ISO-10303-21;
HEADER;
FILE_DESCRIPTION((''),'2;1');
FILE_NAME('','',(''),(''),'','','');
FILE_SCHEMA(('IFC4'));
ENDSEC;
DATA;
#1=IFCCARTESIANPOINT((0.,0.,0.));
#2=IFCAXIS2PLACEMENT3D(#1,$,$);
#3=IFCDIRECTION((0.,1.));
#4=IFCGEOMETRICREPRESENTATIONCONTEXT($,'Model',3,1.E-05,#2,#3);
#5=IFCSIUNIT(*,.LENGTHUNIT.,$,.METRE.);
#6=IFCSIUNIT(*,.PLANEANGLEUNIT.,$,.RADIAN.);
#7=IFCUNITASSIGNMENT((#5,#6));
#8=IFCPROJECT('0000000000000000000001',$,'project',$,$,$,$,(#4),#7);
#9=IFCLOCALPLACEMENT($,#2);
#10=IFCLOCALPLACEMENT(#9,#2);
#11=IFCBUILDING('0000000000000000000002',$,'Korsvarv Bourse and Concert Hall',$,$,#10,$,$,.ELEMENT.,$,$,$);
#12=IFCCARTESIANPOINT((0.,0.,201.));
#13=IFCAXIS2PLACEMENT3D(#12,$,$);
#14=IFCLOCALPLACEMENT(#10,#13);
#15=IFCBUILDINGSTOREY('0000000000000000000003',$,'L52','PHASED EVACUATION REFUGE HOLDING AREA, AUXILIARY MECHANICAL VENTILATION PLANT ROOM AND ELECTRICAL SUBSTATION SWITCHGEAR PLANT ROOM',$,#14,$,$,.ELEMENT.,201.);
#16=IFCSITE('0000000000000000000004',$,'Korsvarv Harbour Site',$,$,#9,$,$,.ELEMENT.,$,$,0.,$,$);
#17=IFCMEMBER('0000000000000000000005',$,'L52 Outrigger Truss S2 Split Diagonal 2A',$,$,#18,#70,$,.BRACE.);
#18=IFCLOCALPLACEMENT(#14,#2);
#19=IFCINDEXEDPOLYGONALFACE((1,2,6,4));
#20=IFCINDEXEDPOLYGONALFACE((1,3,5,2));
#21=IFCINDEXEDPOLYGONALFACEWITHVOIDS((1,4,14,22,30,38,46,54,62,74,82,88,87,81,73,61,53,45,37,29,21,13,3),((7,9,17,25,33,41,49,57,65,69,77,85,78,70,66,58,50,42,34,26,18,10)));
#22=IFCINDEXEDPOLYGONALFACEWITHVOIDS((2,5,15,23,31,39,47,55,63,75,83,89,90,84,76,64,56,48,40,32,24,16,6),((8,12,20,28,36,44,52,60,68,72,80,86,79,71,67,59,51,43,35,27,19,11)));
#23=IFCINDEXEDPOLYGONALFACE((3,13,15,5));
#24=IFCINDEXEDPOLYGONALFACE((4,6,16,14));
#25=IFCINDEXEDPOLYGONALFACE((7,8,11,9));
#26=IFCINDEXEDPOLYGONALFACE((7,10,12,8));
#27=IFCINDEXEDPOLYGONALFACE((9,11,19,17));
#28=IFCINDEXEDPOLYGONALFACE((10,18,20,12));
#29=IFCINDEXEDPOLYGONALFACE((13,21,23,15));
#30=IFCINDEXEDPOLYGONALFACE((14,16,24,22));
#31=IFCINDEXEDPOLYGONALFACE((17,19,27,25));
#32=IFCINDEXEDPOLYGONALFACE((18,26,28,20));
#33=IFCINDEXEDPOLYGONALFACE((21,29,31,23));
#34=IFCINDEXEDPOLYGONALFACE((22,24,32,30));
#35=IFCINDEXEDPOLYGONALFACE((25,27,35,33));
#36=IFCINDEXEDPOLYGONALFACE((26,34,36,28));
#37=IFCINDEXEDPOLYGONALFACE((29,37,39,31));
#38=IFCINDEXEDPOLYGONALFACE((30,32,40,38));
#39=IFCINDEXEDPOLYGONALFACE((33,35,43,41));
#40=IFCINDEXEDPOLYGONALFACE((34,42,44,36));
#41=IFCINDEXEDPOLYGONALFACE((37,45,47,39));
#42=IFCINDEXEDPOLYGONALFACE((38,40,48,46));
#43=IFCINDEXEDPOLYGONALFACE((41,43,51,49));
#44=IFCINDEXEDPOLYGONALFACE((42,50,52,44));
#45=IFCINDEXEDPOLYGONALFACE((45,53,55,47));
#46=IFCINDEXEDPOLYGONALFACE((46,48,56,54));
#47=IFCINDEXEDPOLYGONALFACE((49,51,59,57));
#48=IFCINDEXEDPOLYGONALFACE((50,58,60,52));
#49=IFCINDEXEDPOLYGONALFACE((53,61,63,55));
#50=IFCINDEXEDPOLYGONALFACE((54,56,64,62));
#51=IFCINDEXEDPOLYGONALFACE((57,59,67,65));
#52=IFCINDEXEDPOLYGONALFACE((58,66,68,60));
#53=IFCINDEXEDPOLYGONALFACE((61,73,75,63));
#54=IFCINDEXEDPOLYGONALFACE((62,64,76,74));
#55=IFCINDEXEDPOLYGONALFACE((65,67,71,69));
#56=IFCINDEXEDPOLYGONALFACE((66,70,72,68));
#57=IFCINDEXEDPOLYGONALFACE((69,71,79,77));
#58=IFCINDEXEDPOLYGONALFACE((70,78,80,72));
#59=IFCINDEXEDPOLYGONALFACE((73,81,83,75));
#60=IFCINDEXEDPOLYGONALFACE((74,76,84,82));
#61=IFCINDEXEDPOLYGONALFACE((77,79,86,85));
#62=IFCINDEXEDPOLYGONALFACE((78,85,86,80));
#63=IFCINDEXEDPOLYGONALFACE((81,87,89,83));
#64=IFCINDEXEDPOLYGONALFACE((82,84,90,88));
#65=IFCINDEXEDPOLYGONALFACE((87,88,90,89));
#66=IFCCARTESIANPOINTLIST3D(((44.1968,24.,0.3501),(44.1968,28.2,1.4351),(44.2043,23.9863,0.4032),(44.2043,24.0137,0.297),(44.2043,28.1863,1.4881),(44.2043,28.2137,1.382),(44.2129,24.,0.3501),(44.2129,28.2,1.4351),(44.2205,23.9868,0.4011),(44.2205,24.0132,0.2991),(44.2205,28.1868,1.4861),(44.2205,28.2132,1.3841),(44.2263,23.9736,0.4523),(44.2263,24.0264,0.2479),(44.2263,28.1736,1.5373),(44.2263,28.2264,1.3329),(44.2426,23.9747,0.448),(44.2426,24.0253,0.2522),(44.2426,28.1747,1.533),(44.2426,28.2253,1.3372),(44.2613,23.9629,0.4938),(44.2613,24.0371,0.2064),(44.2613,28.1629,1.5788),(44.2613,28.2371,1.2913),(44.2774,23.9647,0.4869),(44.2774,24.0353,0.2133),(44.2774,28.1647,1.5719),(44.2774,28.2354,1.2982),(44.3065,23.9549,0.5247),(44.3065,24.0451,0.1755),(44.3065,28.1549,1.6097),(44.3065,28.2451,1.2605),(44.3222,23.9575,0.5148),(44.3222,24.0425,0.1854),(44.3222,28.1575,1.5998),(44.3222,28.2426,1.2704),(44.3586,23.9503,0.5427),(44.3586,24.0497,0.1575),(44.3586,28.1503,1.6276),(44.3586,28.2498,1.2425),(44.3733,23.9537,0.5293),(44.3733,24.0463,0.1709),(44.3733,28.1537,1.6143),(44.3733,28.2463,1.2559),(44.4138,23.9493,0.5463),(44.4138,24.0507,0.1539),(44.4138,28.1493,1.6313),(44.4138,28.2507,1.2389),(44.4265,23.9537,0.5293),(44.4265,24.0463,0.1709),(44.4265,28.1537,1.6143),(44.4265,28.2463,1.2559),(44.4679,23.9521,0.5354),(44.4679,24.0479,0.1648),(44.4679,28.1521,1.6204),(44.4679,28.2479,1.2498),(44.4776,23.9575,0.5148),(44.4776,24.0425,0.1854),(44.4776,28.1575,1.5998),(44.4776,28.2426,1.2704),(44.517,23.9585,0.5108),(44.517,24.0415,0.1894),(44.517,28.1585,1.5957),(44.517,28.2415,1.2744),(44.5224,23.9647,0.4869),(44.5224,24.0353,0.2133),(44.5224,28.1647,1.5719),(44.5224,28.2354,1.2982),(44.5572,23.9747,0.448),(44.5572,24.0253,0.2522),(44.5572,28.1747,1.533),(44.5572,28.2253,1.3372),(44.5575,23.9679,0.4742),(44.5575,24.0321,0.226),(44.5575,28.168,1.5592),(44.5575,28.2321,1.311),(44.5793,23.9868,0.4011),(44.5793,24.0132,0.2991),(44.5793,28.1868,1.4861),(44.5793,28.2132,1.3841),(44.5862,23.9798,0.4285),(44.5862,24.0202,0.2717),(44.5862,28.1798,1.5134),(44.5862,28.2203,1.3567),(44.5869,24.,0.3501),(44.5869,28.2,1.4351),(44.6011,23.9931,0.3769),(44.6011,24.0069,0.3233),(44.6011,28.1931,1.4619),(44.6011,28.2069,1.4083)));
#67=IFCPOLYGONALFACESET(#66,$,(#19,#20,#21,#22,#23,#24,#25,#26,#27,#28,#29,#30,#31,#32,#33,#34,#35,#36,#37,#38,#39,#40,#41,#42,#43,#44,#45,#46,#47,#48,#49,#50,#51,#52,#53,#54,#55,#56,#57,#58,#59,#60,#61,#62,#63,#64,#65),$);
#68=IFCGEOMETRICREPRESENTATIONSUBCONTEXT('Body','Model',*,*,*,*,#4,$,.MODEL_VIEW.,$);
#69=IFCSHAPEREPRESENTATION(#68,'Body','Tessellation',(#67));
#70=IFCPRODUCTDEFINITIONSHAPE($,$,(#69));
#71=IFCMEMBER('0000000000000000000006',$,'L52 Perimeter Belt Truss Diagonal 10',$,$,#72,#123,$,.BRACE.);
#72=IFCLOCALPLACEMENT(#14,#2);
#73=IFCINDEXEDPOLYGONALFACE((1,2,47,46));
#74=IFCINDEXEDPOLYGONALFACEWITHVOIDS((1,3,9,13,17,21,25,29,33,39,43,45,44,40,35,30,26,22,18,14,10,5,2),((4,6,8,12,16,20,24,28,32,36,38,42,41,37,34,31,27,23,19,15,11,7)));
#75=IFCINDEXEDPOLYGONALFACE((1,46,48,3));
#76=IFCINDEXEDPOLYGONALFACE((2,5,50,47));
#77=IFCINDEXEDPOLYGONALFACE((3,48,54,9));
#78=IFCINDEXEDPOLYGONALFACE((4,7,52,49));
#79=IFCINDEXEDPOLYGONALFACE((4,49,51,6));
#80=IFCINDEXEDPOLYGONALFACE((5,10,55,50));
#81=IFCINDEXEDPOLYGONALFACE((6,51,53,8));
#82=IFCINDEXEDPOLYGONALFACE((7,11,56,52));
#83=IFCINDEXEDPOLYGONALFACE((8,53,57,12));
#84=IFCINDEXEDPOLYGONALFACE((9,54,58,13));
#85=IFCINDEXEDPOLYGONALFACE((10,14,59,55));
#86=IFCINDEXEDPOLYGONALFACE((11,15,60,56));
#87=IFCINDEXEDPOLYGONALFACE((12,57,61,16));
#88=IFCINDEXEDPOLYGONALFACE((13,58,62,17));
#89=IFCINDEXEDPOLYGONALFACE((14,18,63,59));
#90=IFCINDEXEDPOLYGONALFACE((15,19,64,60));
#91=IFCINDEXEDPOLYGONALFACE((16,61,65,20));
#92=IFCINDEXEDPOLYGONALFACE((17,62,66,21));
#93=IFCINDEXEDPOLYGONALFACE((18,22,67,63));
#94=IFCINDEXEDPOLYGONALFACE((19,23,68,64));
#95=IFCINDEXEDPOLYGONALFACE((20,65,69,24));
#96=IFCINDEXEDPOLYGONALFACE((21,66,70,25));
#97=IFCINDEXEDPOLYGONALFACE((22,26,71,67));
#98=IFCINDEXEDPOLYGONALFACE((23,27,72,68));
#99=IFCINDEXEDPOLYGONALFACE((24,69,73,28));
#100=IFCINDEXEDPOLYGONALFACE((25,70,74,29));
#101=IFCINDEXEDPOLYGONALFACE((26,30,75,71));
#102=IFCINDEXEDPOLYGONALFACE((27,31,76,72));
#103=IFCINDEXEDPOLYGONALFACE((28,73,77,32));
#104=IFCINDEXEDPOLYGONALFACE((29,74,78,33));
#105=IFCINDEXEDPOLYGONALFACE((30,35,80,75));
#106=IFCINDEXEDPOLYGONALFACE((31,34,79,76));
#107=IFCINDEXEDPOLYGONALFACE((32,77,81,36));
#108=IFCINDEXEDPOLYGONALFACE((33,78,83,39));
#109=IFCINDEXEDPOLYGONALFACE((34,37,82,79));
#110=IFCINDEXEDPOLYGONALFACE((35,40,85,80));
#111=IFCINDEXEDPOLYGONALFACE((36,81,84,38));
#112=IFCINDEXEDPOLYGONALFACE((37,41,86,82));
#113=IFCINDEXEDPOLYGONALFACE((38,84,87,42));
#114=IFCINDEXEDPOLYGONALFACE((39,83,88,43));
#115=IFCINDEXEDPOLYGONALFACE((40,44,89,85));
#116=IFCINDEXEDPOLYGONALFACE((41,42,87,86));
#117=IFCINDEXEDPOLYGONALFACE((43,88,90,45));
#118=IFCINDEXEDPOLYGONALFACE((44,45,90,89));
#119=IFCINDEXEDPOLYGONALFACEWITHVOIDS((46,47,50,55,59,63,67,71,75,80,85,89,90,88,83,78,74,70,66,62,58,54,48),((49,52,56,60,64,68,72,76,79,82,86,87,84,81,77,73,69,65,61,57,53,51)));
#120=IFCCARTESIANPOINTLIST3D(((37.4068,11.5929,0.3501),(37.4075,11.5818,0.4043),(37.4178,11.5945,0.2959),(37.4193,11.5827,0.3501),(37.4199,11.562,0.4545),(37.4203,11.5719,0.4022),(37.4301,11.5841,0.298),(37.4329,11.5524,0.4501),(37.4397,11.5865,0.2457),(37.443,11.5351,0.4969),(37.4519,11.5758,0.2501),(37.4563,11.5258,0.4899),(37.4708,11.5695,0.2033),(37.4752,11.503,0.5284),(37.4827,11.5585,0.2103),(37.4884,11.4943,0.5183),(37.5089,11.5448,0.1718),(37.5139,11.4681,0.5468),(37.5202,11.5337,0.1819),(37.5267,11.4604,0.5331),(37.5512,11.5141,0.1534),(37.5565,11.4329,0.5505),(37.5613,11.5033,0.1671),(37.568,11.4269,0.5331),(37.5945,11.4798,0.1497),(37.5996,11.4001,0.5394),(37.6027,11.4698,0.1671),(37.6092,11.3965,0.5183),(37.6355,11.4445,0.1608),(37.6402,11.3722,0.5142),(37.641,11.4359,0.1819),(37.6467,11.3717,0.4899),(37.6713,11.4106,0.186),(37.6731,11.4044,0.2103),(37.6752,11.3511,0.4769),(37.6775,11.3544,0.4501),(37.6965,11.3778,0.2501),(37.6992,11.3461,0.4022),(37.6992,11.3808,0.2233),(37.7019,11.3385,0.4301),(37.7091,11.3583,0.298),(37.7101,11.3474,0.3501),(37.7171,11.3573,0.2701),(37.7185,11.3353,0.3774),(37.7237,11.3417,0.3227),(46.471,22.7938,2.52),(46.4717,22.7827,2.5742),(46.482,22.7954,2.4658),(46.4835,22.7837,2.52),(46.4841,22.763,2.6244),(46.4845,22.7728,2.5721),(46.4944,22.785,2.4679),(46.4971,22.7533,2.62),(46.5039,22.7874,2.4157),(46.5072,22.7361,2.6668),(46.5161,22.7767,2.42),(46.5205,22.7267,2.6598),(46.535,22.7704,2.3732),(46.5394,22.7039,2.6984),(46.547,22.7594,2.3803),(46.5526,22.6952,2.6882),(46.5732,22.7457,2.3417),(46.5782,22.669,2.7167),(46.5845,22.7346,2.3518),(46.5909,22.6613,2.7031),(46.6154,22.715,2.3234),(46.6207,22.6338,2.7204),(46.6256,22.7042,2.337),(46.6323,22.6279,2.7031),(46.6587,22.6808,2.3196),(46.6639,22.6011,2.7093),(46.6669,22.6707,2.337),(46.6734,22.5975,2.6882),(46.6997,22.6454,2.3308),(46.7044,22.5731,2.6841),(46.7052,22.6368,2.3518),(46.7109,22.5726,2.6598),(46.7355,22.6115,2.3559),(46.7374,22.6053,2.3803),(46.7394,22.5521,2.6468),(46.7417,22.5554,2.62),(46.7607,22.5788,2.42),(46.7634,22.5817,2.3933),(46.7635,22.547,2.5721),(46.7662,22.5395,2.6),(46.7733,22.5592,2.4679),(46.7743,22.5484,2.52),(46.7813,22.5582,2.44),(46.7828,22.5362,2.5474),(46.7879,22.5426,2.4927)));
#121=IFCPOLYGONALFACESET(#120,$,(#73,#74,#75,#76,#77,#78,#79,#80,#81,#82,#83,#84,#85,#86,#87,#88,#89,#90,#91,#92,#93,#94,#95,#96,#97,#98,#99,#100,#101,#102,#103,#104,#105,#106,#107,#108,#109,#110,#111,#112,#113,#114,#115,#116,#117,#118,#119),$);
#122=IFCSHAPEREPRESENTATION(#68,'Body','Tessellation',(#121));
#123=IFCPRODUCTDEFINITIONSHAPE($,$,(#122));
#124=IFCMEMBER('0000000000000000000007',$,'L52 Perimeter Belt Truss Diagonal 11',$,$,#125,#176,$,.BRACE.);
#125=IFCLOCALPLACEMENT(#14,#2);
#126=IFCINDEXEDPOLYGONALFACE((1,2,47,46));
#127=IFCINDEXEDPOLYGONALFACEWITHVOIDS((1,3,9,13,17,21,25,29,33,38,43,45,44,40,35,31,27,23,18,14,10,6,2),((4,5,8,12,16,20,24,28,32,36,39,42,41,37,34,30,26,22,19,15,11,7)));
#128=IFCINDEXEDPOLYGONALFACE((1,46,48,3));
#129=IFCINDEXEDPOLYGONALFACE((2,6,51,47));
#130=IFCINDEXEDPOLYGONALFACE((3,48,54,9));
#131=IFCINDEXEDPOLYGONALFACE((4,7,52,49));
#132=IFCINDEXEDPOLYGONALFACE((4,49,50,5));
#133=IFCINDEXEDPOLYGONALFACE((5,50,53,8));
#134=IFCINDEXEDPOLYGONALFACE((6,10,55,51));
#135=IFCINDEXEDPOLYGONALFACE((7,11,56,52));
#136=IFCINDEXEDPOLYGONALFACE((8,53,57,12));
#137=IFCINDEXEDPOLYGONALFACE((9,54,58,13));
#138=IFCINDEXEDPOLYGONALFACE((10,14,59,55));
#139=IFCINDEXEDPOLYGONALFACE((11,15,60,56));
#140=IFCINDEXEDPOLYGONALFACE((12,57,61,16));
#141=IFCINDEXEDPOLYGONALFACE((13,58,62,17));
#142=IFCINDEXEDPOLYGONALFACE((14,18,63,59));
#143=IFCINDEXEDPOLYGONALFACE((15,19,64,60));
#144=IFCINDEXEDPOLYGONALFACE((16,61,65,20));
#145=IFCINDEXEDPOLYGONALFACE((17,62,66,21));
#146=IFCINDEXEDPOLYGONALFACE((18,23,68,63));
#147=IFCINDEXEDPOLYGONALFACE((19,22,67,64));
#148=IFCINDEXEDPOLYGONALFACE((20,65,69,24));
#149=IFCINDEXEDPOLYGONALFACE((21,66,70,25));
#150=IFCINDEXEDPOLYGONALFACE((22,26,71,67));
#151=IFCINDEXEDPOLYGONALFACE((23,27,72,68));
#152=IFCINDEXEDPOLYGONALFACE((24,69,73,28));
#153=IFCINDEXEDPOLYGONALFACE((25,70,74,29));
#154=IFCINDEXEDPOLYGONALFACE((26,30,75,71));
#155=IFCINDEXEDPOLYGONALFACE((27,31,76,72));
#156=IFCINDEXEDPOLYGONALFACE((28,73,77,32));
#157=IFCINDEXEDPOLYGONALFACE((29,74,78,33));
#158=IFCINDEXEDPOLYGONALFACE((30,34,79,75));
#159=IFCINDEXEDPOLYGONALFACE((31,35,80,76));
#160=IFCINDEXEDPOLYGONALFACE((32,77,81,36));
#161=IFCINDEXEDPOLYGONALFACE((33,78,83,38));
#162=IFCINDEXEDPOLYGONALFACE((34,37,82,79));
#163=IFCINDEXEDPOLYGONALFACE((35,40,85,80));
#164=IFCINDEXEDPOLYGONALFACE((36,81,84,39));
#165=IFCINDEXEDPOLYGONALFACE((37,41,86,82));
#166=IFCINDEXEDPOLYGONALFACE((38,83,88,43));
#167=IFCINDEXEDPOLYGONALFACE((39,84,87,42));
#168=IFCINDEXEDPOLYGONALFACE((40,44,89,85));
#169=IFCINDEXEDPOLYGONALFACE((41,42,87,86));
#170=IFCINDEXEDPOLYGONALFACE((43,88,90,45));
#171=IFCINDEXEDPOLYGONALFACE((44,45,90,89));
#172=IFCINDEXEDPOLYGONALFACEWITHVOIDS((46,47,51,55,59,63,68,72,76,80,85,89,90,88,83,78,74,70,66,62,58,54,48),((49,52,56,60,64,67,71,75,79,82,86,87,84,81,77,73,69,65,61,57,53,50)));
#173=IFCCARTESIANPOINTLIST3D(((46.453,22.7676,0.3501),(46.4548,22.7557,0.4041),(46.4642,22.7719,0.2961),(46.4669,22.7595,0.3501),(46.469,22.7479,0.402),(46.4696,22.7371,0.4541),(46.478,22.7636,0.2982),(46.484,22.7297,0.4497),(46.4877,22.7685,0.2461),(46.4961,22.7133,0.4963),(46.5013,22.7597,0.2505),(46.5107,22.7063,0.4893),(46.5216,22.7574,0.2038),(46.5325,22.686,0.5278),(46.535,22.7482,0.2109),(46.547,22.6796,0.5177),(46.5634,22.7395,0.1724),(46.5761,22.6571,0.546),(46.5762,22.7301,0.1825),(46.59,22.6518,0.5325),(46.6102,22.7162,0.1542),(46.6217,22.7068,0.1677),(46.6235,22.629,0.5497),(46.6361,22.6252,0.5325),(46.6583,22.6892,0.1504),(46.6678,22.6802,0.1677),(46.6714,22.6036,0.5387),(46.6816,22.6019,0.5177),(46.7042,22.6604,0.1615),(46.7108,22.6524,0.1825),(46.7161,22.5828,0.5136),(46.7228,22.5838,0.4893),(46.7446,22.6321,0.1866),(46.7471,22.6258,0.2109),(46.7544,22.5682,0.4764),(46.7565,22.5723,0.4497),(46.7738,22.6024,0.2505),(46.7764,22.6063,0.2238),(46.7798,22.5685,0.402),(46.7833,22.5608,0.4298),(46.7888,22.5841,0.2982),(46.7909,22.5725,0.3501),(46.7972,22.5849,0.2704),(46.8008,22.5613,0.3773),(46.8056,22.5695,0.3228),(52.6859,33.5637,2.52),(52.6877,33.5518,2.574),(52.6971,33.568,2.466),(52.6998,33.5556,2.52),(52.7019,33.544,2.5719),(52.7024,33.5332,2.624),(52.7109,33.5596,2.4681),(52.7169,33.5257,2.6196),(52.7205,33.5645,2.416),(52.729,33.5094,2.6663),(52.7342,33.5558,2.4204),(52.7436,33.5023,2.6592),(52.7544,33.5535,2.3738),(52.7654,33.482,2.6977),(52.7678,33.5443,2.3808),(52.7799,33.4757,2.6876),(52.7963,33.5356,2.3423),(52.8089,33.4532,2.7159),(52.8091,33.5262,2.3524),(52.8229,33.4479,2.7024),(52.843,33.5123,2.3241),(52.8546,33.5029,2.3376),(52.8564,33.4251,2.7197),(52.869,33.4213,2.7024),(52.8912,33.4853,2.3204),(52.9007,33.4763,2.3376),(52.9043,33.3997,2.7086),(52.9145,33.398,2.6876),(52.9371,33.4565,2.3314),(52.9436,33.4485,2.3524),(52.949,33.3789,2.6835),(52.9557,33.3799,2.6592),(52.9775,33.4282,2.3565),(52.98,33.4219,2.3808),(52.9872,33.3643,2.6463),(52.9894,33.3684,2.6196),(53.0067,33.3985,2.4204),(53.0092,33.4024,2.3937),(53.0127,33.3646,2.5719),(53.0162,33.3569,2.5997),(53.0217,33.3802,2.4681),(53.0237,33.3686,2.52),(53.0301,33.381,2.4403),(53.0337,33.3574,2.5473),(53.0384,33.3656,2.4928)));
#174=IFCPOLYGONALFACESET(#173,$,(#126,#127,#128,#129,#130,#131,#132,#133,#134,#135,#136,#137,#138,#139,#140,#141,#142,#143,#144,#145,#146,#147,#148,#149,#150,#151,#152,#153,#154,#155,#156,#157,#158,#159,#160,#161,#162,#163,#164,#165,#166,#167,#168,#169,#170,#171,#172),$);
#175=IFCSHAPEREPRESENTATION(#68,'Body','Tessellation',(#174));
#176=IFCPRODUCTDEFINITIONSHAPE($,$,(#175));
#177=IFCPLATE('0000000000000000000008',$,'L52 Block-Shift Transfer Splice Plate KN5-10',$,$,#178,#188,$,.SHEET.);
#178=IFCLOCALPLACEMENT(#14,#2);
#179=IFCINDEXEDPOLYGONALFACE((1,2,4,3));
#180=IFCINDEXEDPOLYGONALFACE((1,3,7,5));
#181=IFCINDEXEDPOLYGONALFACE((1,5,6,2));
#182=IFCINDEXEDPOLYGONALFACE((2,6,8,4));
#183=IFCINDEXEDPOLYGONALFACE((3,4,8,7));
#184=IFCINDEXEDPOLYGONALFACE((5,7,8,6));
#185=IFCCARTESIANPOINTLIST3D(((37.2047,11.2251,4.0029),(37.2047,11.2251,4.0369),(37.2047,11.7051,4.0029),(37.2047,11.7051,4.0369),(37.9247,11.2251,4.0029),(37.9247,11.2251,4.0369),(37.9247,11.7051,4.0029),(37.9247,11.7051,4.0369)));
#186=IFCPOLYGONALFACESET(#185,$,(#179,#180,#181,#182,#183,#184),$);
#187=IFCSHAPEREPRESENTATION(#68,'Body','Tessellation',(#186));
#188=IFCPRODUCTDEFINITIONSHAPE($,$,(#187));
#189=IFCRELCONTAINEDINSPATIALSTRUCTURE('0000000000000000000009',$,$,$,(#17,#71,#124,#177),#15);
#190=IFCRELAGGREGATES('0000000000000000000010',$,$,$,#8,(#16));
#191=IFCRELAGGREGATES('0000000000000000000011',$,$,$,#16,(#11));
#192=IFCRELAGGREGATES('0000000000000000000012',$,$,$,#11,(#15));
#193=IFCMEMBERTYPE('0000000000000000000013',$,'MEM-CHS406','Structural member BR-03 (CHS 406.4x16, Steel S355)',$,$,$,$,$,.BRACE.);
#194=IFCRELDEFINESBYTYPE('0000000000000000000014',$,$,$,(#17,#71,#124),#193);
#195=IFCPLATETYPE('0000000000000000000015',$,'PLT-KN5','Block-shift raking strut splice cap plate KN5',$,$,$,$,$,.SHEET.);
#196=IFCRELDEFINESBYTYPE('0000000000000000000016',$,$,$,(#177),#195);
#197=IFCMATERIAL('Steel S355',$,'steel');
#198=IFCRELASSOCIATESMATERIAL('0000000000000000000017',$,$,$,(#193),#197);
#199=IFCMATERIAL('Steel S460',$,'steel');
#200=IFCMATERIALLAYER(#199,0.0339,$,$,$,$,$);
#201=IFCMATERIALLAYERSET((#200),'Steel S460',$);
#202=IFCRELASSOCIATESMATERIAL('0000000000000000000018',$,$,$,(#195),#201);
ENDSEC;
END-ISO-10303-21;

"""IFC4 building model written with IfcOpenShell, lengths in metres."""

from ifc_helpers import new_model, si_unit, direction, frame, origin, origin_2d, place, context, subcontext, project, spatial, rectangle, hollow_circle, extrude, source, transform, mapped, material, layer, layer_set, material_profile, profile_set, type_object, element, save


model = new_model("IFC4")

# Units and contexts
model_context = context("Model", 3, precision=1e-05, world=origin(), true_north=direction((0.0, 1.0)))
body_context = subcontext(model_context, "Body", "Model", "MODEL_VIEW")
ifc_project = project(units=[si_unit("LENGTHUNIT", "METRE"), si_unit("PLANEANGLEUNIT", "RADIAN")], contexts=[model_context])

# Site, building, storey
site_placement = place(None, origin())
site = spatial("IfcSite", under=ifc_project, at=site_placement, Name="Korsvarv Harbour Site", CompositionType="ELEMENT", RefElevation=0.0)
building_placement = place(site_placement, origin())
building = spatial("IfcBuilding", under=site, at=building_placement, Name="Korsvarv Bourse and Concert Hall", CompositionType="ELEMENT")
storey_placement = place(building_placement, frame((0.0, 0.0, 201.0)))
storey = spatial("IfcBuildingStorey", under=building, at=storey_placement, Name="L52", Description="PHASED EVACUATION REFUGE HOLDING AREA, AUXILIARY MECHANICAL VENTILATION PLANT ROOM AND ELECTRICAL SUBSTATION SWITCHGEAR PLANT ROOM", CompositionType="ELEMENT", Elevation=201.0)

# Shared definitions
ifc_material_1 = material(Name="Steel S355", Category="steel")

# Members
ifc_material_profile_1 = material_profile(ifc_material_1, hollow_circle(Radius=0.2031, WallThickness=0.0161, at=origin_2d()), Name="CHS 406.4x16")
ifc_profile_set_1 = profile_set([ifc_material_profile_1], Name="Steel S355")
member_type_1 = type_object("IfcMemberType", Name="MEM-CHS406", Description="Structural member BR-03 (CHS 406.4x16, Steel S355)", PredefinedType="BRACE", material=ifc_profile_set_1)
shared_shape_1 = source(origin(), body_context, "Body", "SweptSolid", [
    extrude(hollow_circle(Radius=0.2031, WallThickness=0.0161, at=origin_2d()), origin(), (0.0, 0.0, 1.0), 4.3379),
])
member_1_placement = place(storey_placement, frame((44.3999, 24.0, 0.3501), z_axis=(0.0, 0.968216, 0.250116), x_axis=(-1.0, 0.0, 0.0)))
element("IfcMember", 1, at=member_1_placement, inside=storey, type_object=member_type_1, Name="L52 Outrigger Truss S2 Split Diagonal 2A", PredefinedType="BRACE", context=body_context, shape_type="MappedRepresentation", body=[
    mapped(shared_shape_1, transform((0.0, 0.0, 0.0), scale=1.0)),
])
shared_shape_2 = source(origin(), body_context, "Body", "SweptSolid", [
    extrude(hollow_circle(Radius=0.2031, WallThickness=0.0161, at=origin_2d()), origin(), (0.0, 0.0, 1.0), 14.5715),
])
member_2_placement = place(storey_placement, frame((37.5647, 11.4651, 0.3501), z_axis=(0.62205, 0.768686, 0.148915), x_axis=(-0.777354, 0.629064, 0.0)))
element("IfcMember", 2, at=member_2_placement, inside=storey, type_object=member_type_1, Name="L52 Perimeter Belt Truss Diagonal 10", PredefinedType="BRACE", context=body_context, shape_type="MappedRepresentation", body=[
    mapped(shared_shape_2, transform((0.0, 0.0, 0.0), scale=1.0)),
])
shared_shape_3 = source(origin(), body_context, "Body", "SweptSolid", [
    extrude(hollow_circle(Radius=0.2031, WallThickness=0.0161, at=origin_2d()), origin(), (0.0, 0.0, 1.0), 12.6536),
])
member_3_placement = place(storey_placement, frame((46.6289, 22.666, 0.3501), z_axis=(0.492579, 0.853205, 0.171486), x_axis=(-0.866034, 0.499985, 0.0)))
element("IfcMember", 3, at=member_3_placement, inside=storey, type_object=member_type_1, Name="L52 Perimeter Belt Truss Diagonal 11", PredefinedType="BRACE", context=body_context, shape_type="MappedRepresentation", body=[
    mapped(shared_shape_3, transform((0.0, 0.0, 0.0), scale=1.0)),
])

# Plate
ifc_material_2 = material(Name="Steel S460", Category="steel")
ifc_layer_1 = layer(ifc_material_2, 0.0339)
ifc_layer_set_1 = layer_set([ifc_layer_1], Name="Steel S460")
plate_type_1 = type_object("IfcPlateType", Name="PLT-KN5", Description="Block-shift raking strut splice cap plate KN5", PredefinedType="SHEET", material=ifc_layer_set_1)
shared_shape_4 = source(origin(), body_context, "Body", "SweptSolid", [
    extrude(rectangle(XDim=0.72, YDim=0.48, at=origin_2d()), origin(), (0.0, 0.0, 1.0), 0.0339),
])
for number, where, z_axis, x_axis, name in (
    (4, (37.5647, 11.4651, 4.0029), (0.0, 0.0, 1.0), (1.0, 0.0, 0.0), "L52 Block-Shift Transfer Splice Plate KN5-10"),
):
    element("IfcPlate", number, at=place(storey_placement, frame(where, z_axis=z_axis, x_axis=x_axis)), inside=storey, type_object=plate_type_1, Name=name, PredefinedType="SHEET", context=body_context, shape_type="MappedRepresentation", body=[
        mapped(shared_shape_4, transform((0.0, 0.0, 0.0), scale=1.0)),
    ])

save(model, "model.ifc")
